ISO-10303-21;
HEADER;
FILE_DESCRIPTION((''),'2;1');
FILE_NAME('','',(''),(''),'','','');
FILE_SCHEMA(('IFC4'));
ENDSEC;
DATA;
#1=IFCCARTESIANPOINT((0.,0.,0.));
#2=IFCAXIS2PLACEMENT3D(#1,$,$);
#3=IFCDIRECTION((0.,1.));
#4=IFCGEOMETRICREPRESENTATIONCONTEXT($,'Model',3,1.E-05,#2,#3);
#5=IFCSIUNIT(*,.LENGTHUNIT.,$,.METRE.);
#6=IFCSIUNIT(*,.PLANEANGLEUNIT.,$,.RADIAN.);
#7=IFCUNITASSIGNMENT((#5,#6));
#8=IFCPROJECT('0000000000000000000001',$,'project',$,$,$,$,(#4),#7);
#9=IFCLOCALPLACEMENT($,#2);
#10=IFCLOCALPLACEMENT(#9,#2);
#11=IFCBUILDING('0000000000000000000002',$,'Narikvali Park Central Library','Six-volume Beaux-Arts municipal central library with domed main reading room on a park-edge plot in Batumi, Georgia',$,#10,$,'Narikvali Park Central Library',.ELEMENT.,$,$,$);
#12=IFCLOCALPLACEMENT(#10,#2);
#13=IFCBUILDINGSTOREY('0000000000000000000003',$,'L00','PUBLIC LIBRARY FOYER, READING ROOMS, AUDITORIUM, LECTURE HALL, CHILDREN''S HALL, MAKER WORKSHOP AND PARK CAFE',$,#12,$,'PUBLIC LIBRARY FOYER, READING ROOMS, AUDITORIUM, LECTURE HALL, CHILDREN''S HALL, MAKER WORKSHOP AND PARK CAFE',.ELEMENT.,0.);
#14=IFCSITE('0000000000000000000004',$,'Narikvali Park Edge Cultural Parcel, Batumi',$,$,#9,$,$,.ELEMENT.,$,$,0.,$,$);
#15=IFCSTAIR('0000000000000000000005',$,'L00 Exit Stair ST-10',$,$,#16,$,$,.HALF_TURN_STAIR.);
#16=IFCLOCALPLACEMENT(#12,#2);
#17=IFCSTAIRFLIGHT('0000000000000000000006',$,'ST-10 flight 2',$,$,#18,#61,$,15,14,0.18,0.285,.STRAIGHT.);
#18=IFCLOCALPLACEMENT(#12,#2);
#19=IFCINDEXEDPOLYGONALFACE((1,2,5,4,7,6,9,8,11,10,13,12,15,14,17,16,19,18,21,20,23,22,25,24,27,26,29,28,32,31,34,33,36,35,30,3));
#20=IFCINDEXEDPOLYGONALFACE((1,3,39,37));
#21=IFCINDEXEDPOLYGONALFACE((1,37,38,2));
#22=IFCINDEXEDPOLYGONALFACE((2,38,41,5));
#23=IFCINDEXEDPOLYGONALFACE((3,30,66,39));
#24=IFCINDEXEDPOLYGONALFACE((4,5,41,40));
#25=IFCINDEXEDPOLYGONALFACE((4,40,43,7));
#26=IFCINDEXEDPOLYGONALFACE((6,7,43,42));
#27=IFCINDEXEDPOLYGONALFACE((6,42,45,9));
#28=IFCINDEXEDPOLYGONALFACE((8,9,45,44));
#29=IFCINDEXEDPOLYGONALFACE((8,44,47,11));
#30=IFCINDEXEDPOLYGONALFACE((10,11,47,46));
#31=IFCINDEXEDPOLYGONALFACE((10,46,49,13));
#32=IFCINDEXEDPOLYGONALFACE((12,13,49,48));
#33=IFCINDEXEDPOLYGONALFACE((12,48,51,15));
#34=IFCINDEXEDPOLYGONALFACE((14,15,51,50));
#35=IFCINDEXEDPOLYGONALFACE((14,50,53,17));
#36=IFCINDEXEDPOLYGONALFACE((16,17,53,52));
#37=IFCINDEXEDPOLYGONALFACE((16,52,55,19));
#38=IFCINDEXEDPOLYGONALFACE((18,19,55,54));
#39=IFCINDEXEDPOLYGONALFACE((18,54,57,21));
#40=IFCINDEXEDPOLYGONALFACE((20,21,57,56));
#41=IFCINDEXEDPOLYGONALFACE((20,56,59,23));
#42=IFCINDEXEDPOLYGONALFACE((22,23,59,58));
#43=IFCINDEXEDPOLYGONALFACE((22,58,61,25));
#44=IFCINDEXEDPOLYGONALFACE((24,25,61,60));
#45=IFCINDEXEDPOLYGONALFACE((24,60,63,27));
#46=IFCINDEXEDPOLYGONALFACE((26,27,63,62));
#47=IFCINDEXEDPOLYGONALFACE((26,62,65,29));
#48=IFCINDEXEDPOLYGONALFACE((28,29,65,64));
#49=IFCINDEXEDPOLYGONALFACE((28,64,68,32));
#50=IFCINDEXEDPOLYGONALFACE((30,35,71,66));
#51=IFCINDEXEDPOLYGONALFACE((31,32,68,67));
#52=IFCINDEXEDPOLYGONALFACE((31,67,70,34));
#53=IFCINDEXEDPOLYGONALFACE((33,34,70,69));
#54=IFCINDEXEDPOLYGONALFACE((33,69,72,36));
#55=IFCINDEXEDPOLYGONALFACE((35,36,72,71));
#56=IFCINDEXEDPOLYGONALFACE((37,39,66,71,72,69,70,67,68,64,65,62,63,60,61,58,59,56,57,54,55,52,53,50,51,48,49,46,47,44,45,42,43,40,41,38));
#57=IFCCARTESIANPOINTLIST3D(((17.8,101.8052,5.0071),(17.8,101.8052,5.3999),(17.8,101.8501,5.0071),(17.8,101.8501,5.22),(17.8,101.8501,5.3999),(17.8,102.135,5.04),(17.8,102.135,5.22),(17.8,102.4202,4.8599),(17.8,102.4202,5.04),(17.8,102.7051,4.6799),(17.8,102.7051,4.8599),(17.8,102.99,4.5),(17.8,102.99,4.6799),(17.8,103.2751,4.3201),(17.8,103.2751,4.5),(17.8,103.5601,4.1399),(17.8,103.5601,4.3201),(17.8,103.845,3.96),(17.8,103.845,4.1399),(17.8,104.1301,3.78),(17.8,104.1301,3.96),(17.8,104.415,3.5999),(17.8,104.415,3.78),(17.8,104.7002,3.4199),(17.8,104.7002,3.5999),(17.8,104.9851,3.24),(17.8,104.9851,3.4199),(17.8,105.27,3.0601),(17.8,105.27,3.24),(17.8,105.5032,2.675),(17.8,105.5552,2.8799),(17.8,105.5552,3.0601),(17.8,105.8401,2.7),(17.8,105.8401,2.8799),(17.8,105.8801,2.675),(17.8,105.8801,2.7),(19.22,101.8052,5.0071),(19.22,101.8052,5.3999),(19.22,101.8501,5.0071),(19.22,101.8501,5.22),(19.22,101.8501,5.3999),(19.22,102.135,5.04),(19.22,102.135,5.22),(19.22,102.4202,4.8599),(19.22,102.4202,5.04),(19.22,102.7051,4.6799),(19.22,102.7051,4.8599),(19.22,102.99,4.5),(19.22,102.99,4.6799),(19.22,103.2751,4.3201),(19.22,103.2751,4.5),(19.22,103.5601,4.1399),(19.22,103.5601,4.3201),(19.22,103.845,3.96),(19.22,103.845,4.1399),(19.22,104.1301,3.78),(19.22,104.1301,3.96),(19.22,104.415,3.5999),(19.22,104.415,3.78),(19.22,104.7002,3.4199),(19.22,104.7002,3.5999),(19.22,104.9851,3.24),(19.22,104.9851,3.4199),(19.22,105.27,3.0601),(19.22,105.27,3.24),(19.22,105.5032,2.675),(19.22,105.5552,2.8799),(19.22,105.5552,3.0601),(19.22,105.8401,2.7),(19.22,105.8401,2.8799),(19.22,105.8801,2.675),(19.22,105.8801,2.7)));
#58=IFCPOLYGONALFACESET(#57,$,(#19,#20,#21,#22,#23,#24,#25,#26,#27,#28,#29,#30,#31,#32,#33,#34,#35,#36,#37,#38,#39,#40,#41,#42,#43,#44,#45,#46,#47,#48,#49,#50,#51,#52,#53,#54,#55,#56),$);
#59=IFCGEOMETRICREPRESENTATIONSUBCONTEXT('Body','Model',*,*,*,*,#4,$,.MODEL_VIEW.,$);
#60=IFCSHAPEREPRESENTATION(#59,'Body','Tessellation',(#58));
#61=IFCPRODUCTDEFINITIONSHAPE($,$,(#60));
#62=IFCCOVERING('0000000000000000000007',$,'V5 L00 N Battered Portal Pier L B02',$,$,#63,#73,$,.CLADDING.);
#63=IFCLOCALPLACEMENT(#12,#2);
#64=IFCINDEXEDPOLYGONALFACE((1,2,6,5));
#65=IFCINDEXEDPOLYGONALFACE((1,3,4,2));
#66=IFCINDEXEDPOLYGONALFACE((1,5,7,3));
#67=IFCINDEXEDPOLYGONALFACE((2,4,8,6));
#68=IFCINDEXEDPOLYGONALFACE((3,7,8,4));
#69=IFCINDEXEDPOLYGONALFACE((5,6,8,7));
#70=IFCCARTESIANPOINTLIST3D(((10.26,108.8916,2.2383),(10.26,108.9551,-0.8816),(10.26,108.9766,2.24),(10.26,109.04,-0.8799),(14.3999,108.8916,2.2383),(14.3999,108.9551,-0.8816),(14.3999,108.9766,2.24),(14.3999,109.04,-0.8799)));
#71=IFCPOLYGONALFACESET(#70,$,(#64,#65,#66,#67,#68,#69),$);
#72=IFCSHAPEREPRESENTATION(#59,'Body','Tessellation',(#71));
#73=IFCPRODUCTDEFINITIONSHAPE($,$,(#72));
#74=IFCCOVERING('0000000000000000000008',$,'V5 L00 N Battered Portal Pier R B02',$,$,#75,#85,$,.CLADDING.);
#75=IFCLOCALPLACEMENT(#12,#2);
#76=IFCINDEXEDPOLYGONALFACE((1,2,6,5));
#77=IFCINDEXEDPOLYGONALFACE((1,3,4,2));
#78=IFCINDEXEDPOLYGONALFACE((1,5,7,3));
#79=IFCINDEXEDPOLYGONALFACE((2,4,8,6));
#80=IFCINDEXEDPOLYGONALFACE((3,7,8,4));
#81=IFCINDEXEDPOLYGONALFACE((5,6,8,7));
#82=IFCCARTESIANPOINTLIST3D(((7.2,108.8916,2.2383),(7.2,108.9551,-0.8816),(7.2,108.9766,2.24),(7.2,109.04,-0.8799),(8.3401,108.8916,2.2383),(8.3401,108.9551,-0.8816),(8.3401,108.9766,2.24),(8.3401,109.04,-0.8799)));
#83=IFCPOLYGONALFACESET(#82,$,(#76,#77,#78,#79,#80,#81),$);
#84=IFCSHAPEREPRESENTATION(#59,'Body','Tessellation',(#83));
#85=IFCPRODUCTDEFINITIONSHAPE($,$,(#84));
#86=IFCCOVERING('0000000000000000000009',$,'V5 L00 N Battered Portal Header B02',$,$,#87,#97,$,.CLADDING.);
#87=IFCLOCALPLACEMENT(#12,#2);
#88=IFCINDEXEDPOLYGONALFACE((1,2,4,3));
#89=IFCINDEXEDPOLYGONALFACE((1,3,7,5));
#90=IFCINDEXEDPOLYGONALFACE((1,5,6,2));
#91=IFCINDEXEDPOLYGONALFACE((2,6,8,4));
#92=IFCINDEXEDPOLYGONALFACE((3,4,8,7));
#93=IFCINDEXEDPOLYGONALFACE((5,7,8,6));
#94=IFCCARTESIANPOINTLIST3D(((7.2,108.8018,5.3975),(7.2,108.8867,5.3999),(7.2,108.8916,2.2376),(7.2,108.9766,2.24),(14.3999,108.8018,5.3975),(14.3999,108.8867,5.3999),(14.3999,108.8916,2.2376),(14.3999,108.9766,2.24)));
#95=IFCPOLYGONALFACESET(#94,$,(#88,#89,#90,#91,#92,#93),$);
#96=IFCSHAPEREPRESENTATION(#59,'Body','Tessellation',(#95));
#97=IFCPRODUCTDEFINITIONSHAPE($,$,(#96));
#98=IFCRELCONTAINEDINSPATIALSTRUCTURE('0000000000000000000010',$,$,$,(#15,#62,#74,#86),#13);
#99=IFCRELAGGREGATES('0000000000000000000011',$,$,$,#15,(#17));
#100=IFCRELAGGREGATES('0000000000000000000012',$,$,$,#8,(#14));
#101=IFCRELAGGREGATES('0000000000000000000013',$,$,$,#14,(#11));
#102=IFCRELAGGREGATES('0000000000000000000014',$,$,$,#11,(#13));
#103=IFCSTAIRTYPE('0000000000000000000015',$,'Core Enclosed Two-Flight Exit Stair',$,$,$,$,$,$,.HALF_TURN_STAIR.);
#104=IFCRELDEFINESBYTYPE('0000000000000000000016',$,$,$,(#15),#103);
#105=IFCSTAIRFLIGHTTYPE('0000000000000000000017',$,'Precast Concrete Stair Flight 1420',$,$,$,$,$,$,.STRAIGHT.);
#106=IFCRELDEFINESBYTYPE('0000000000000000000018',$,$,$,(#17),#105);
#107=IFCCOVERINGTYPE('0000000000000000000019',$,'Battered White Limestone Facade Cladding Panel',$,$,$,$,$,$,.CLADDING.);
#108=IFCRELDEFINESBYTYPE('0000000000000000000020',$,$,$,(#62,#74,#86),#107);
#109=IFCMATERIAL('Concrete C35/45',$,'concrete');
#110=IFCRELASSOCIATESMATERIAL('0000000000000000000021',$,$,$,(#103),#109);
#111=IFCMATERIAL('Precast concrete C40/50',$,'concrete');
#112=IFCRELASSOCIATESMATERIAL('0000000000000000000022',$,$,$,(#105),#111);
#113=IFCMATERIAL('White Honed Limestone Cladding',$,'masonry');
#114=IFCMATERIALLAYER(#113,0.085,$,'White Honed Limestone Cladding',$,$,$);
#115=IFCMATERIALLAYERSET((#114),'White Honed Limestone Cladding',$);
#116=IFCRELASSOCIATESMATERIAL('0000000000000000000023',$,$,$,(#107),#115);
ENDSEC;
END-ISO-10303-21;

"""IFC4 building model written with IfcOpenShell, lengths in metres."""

from ifc_helpers import new_model, si_unit, direction, frame, origin, place, context, subcontext, project, spatial, polyline, outline, extrude, material, layer, layer_set, type_object, element, aggregate, save


model = new_model("IFC4")

# Units and contexts
model_context = context("Model", 3, precision=1e-05, world=origin(), true_north=direction((0.0, 1.0)))
body_context = subcontext(model_context, "Body", "Model", "MODEL_VIEW")
ifc_project = project(units=[si_unit("LENGTHUNIT", "METRE"), si_unit("PLANEANGLEUNIT", "RADIAN")], contexts=[model_context])

# Site, building, storey
site_placement = place(None, origin())
site = spatial("IfcSite", under=ifc_project, at=site_placement, Name="Narikvali Park Edge Cultural Parcel, Batumi", CompositionType="ELEMENT", RefElevation=0.0)
building_placement = place(site_placement, origin())
building = spatial("IfcBuilding", under=site, at=building_placement, Name="Narikvali Park Central Library", Description="Six-volume Beaux-Arts municipal central library with domed main reading room on a park-edge plot in Batumi, Georgia", LongName="Narikvali Park Central Library", CompositionType="ELEMENT")
storey_placement = place(building_placement, origin())
storey = spatial("IfcBuildingStorey", under=building, at=storey_placement, Name="L00", Description="PUBLIC LIBRARY FOYER, READING ROOMS, AUDITORIUM, LECTURE HALL, CHILDREN'S HALL, MAKER WORKSHOP AND PARK CAFE", LongName="PUBLIC LIBRARY FOYER, READING ROOMS, AUDITORIUM, LECTURE HALL, CHILDREN'S HALL, MAKER WORKSHOP AND PARK CAFE", CompositionType="ELEMENT", Elevation=0.0)

# Stair, stair flight
ifc_material_1 = material(Name="Concrete C35/45", Category="concrete")
stair_type = type_object("IfcStairType", Name="Core Enclosed Two-Flight Exit Stair", PredefinedType="HALF_TURN_STAIR", material=ifc_material_1)
stair_placement = place(storey_placement, origin())
stair = element("IfcStair", 1, at=stair_placement, inside=storey, type_object=stair_type, Name="L00 Exit Stair ST-10", PredefinedType="HALF_TURN_STAIR")
ifc_material_2 = material(Name="Precast concrete C40/50", Category="concrete")
stair_flight_type = type_object("IfcStairFlightType", Name="Precast Concrete Stair Flight 1420", PredefinedType="STRAIGHT", material=ifc_material_2)
stair_flight_placement = place(storey_placement, frame((18.51, 105.8401, 2.7), z_axis=(0.0, 0.0, 1.0), x_axis=(0.0, -1.0, 0.0)))
stair_flight = element("IfcStairFlight", 2, at=stair_flight_placement, type_object=stair_flight_type, Name="ST-10 flight 2", NumberOfRisers=15, NumberOfTreads=14, PredefinedType="STRAIGHT", RiserHeight=0.18, TreadLength=0.285, context=body_context, shape_type="SweptSolid", body=[
    extrude(outline(polyline([(-0.04, -0.0249), (-0.04, 0.0), (0.0, 0.0), (0.0, 0.1799), (0.2849, 0.1799), (0.2849, 0.3601), (0.5701, 0.3601), (0.5701, 0.54), (0.855, 0.54), (0.855, 0.72), (1.1399, 0.72), (1.1399, 0.8999), (1.425, 0.8999), (1.425, 1.0801), (1.71, 1.0801), (1.71, 1.26), (1.9951, 1.26), (1.9951, 1.4399), (2.28, 1.4399), (2.28, 1.6201), (2.5649, 1.6201), (2.5649, 1.8), (2.8501, 1.8), (2.8501, 1.98), (3.135, 1.98), (3.135, 2.1599), (3.4199, 2.1599), (3.4199, 2.3401), (3.7051, 2.3401), (3.7051, 2.52), (3.99, 2.52), (3.99, 2.7), (4.0349, 2.7), (4.0349, 2.3071), (3.99, 2.3071), (0.3369, -0.0249), (-0.04, -0.0249)])), frame((0.0, 0.71, 0.0), z_axis=(0.0, -1.0, 0.0), x_axis=(1.0, 0.0, 0.0)), (0.0, 0.0, 1.0), 1.4199),
])
aggregate(stair, [stair_flight])

# Coverings
ifc_material_3 = material(Name="White Honed Limestone Cladding", Category="masonry")
ifc_layer_1 = layer(ifc_material_3, 0.085, Name="White Honed Limestone Cladding")
ifc_layer_set_1 = layer_set([ifc_layer_1], Name="White Honed Limestone Cladding")
covering_type = type_object("IfcCoveringType", Name="Battered White Limestone Facade Cladding Panel", PredefinedType="CLADDING", material=ifc_layer_set_1)
covering_1_placement = place(storey_placement, frame((14.3999, 109.04, -0.8799), z_axis=(0.0, 0.999793, 0.020342), x_axis=(-1.0, 0.0, 0.0)))
element("IfcCovering", 3, at=covering_1_placement, inside=storey, type_object=covering_type, Name="V5 L00 N Battered Portal Pier L B02", PredefinedType="CLADDING", context=body_context, shape_type="SweptSolid", body=[
    extrude(outline(polyline([(0.0, 0.0), (4.1399, 0.0), (4.1399, 3.1205), (0.0, 3.1205), (0.0, 0.0)])), origin(), (0.0, 0.0, -1.0), 0.085),
])
covering_2_placement = place(storey_placement, frame((8.3401, 109.04, -0.8799), z_axis=(0.0, 0.999793, 0.020342), x_axis=(-1.0, 0.0, 0.0)))
element("IfcCovering", 4, at=covering_2_placement, inside=storey, type_object=covering_type, Name="V5 L00 N Battered Portal Pier R B02", PredefinedType="CLADDING", context=body_context, shape_type="SweptSolid", body=[
    extrude(outline(polyline([(0.0, 0.0), (1.1401, 0.0), (1.1401, 3.1205), (0.0, 3.1205), (0.0, 0.0)])), origin(), (0.0, 0.0, -1.0), 0.085),
])
covering_3_placement = place(storey_placement, frame((14.3999, 108.9766, 2.24), z_axis=(0.0, 0.999596, 0.028421), x_axis=(-1.0, 0.0, 0.0)))
element("IfcCovering", 5, at=covering_3_placement, inside=storey, type_object=covering_type, Name="V5 L00 N Battered Portal Header B02", PredefinedType="CLADDING", context=body_context, shape_type="SweptSolid", body=[
    extrude(outline(polyline([(0.0, 0.0), (7.2, 0.0), (7.2, 3.1612), (0.0, 3.1612), (0.0, 0.0)])), origin(), (0.0, 0.0, -1.0), 0.085),
])

save(model, "model.ifc")
